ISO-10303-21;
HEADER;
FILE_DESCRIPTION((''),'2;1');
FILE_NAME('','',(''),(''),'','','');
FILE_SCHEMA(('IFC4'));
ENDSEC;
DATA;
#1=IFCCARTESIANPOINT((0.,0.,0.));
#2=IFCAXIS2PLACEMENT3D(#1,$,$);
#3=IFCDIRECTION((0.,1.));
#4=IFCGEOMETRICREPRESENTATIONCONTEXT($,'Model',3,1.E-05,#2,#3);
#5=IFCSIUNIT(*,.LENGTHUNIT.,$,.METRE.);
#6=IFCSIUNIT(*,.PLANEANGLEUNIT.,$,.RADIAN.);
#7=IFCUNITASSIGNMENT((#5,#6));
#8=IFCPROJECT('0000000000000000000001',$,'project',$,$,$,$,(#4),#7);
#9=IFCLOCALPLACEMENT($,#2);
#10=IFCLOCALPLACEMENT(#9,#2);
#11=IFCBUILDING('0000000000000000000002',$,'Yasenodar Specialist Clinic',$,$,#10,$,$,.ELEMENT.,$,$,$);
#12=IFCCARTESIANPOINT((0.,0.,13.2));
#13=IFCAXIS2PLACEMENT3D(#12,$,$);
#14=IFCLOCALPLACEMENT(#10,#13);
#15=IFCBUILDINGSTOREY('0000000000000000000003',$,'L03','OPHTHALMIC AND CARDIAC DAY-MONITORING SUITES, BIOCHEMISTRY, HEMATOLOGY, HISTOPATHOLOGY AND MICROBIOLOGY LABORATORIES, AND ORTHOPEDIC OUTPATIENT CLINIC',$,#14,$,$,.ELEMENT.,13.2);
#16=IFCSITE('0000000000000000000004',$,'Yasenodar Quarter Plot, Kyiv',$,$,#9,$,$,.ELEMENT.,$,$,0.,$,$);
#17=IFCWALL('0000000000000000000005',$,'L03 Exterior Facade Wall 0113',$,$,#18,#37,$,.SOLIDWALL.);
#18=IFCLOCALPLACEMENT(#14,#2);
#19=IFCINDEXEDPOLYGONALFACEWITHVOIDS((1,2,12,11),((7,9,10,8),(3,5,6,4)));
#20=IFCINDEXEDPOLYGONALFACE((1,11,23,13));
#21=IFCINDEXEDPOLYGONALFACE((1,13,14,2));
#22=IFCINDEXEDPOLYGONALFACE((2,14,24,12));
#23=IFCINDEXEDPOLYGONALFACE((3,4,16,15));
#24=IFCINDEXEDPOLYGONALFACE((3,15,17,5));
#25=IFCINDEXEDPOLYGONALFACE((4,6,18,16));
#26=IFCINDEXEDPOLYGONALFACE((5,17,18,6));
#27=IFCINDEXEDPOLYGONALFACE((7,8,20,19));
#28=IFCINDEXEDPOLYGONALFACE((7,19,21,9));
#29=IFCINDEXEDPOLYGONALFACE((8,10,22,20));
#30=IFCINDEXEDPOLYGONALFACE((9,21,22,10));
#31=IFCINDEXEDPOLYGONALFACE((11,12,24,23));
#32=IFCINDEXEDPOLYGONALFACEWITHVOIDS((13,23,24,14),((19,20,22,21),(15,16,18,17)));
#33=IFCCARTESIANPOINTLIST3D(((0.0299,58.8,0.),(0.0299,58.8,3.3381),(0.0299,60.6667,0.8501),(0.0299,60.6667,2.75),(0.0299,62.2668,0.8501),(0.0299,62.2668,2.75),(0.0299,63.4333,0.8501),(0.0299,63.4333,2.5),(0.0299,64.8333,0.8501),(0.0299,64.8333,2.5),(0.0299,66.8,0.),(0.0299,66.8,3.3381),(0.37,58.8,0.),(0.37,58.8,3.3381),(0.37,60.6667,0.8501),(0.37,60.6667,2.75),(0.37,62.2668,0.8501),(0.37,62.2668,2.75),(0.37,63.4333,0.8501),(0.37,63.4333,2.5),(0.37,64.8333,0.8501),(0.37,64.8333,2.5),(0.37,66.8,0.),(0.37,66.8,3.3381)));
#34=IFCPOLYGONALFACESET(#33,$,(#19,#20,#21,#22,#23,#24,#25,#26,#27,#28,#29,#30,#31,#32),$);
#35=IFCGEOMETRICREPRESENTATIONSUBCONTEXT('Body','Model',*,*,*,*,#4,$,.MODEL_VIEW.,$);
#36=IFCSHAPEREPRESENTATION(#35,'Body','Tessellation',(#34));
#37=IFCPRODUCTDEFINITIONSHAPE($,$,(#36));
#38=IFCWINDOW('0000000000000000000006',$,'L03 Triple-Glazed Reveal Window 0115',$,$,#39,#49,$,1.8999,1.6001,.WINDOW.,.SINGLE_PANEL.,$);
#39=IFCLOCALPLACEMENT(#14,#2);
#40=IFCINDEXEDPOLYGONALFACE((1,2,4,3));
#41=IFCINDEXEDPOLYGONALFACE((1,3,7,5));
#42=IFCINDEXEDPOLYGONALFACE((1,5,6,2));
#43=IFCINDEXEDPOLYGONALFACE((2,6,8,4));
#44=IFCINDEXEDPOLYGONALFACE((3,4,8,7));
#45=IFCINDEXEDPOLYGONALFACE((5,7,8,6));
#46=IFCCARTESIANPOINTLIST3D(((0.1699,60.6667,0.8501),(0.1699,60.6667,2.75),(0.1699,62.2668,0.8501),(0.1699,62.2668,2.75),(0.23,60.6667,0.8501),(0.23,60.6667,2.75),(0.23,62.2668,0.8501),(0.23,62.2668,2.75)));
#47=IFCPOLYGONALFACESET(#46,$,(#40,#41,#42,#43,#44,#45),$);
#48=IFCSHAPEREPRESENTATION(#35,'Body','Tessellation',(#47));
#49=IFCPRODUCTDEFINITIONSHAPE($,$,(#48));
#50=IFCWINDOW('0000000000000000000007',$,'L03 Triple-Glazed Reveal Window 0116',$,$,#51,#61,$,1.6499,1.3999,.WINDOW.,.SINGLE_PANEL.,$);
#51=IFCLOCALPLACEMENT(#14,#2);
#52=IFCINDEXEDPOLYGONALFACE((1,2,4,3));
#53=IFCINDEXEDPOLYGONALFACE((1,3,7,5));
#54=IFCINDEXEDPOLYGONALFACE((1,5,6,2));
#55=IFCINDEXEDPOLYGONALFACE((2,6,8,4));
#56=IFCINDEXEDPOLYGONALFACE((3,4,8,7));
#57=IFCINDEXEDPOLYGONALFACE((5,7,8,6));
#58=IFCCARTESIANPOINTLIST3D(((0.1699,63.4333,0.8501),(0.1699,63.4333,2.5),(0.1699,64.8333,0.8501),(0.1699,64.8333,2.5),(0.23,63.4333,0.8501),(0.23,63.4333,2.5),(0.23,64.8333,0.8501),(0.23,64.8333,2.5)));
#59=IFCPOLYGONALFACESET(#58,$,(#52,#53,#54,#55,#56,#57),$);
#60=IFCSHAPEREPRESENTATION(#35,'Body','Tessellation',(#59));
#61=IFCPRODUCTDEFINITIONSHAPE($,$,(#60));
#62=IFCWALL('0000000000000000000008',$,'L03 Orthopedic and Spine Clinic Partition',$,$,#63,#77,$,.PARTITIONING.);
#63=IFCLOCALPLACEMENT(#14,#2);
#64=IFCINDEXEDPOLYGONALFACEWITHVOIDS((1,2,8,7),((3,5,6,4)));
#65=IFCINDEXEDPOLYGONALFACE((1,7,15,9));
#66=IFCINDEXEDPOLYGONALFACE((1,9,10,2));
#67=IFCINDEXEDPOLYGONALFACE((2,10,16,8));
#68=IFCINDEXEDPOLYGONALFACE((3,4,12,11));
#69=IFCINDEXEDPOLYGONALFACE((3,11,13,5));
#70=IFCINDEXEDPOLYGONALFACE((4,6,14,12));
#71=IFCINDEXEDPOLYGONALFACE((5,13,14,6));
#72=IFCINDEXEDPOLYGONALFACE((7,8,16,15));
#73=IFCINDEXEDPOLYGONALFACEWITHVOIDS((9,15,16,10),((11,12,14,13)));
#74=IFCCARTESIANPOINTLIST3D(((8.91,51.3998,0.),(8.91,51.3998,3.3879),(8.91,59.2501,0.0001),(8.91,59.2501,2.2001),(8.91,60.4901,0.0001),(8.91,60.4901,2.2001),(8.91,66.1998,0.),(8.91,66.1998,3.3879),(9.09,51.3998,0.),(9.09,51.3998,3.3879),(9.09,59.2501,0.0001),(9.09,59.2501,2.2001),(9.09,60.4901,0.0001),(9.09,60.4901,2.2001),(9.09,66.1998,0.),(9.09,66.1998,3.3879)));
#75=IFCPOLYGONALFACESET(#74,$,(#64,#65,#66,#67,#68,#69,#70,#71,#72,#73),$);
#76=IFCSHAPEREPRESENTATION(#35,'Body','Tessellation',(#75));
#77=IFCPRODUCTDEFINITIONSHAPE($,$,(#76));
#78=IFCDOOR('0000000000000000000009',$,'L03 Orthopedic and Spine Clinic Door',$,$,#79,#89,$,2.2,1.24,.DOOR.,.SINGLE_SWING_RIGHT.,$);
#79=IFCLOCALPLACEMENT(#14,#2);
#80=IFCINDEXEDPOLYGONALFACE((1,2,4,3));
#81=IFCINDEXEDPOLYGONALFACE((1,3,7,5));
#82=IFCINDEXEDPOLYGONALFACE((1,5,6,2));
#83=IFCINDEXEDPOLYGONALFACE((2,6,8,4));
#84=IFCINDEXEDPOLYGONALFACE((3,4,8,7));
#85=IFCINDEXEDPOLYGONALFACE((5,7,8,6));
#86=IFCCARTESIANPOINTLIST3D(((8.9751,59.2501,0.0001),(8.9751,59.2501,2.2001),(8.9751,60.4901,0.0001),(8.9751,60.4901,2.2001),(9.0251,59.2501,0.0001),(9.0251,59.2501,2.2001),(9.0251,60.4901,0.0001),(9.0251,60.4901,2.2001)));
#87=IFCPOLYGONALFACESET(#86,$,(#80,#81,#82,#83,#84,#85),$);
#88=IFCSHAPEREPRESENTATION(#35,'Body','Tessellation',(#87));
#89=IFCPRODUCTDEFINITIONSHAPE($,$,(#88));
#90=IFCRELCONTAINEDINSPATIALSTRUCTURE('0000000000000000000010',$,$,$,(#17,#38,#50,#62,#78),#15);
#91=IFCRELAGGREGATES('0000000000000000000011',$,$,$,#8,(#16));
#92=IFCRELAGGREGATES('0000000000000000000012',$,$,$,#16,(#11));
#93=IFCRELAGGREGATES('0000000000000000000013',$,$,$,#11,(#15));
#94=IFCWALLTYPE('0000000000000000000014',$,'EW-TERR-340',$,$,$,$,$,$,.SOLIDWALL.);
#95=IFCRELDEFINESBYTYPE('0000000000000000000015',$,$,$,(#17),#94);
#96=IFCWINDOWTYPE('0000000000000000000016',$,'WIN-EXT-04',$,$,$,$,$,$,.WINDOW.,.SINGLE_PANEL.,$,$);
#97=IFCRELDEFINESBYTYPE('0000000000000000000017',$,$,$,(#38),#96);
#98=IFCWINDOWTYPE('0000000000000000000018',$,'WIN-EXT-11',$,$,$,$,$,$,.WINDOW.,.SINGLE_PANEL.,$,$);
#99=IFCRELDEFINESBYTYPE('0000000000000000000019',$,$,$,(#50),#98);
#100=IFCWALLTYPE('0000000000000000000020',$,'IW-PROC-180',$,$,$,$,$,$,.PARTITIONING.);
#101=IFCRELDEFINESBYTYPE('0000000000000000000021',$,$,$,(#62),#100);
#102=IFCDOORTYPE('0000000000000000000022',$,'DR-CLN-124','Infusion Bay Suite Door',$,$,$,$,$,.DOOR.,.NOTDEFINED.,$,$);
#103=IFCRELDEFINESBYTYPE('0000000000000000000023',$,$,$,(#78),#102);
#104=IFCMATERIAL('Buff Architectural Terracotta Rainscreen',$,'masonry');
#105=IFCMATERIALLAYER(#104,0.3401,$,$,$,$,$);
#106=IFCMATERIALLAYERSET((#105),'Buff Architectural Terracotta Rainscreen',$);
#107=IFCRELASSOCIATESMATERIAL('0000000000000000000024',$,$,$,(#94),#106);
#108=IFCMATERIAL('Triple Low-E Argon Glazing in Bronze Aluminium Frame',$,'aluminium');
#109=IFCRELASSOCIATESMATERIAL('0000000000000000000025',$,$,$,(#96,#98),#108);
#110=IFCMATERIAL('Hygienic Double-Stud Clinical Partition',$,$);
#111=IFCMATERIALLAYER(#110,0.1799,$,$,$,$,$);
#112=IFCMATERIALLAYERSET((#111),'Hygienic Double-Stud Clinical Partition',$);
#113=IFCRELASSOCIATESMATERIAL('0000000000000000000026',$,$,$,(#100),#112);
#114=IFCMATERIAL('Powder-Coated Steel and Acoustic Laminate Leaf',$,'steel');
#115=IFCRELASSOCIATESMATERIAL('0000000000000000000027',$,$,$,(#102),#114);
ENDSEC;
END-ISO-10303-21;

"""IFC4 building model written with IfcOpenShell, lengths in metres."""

from ifc_helpers import new_model, si_unit, direction, frame, frame_2d, origin, place, context, subcontext, project, spatial, rectangle, extrude, material, layer, layer_set, type_object, element, fill, save


model = new_model("IFC4")

# Units and contexts
model_context = context("Model", 3, precision=1e-05, world=origin(), true_north=direction((0.0, 1.0)))
body_context = subcontext(model_context, "Body", "Model", "MODEL_VIEW")
ifc_project = project(units=[si_unit("LENGTHUNIT", "METRE"), si_unit("PLANEANGLEUNIT", "RADIAN")], contexts=[model_context])

# Site, building, storey
site_placement = place(None, origin())
site = spatial("IfcSite", under=ifc_project, at=site_placement, Name="Yasenodar Quarter Plot, Kyiv", CompositionType="ELEMENT", RefElevation=0.0)
building_placement = place(site_placement, origin())
building = spatial("IfcBuilding", under=site, at=building_placement, Name="Yasenodar Specialist Clinic", CompositionType="ELEMENT")
storey_placement = place(building_placement, frame((0.0, 0.0, 13.2)))
storey = spatial("IfcBuildingStorey", under=building, at=storey_placement, Name="L03", Description="OPHTHALMIC AND CARDIAC DAY-MONITORING SUITES, BIOCHEMISTRY, HEMATOLOGY, HISTOPATHOLOGY AND MICROBIOLOGY LABORATORIES, AND ORTHOPEDIC OUTPATIENT CLINIC", CompositionType="ELEMENT", Elevation=13.2)

# Wall, openings, windows
ifc_material_1 = material(Name="Buff Architectural Terracotta Rainscreen", Category="masonry")
ifc_layer_1 = layer(ifc_material_1, 0.3401)
ifc_layer_set_1 = layer_set([ifc_layer_1], Name="Buff Architectural Terracotta Rainscreen")
wall_type_1 = type_object("IfcWallType", Name="EW-TERR-340", PredefinedType="SOLIDWALL", material=ifc_layer_set_1)
wall_1_placement = place(storey_placement, frame((0.2, 58.8, 0.0), z_axis=(0.0, 0.0, 1.0), x_axis=(0.0, 1.0, 0.0)))
wall_1 = element("IfcWall", 1, at=wall_1_placement, inside=storey, type_object=wall_type_1, Name="L03 Exterior Facade Wall 0113", PredefinedType="SOLIDWALL", context=body_context, shape_type="SweptSolid", body=[
    extrude(rectangle(XDim=8.0, YDim=0.3401, at=frame_2d((4.0, 0.0))), origin(), (0.0, 0.0, 1.0), 3.3381),
])
opening_1_placement = place(wall_1_placement, frame((1.8667, 0.0, 0.8501)))
opening_1 = element("IfcOpeningElement", 2, at=opening_1_placement, cuts=wall_1, PredefinedType="OPENING", context=body_context, shape_type="SweptSolid", body=[
    extrude(rectangle(XDim=1.6001, YDim=1.8999, at=frame_2d((0.8, 0.95))), frame((0.0, 0.1802, 0.0), z_axis=(0.0, -1.0, 0.0), x_axis=(1.0, 0.0, 0.0)), (0.0, 0.0, 1.0), 0.3601),
])
opening_2_placement = place(wall_1_placement, frame((4.6333, 0.0, 0.8501)))
opening_2 = element("IfcOpeningElement", 3, at=opening_2_placement, cuts=wall_1, PredefinedType="OPENING", context=body_context, shape_type="SweptSolid", body=[
    extrude(rectangle(XDim=1.3999, YDim=1.6499, at=frame_2d((0.7, 0.825))), frame((0.0, 0.1802, 0.0), z_axis=(0.0, -1.0, 0.0), x_axis=(1.0, 0.0, 0.0)), (0.0, 0.0, 1.0), 0.3601),
])
ifc_material_2 = material(Name="Triple Low-E Argon Glazing in Bronze Aluminium Frame", Category="aluminium")
window_type_1 = type_object("IfcWindowType", Name="WIN-EXT-04", PartitioningType="SINGLE_PANEL", PredefinedType="WINDOW", material=ifc_material_2)
window_1_placement = place(opening_1_placement, origin())
window_1 = element("IfcWindow", 4, at=window_1_placement, inside=storey, type_object=window_type_1, Name="L03 Triple-Glazed Reveal Window 0115", OverallHeight=1.8999, OverallWidth=1.6001, PartitioningType="SINGLE_PANEL", PredefinedType="WINDOW", context=body_context, shape_type="SweptSolid", body=[
    extrude(rectangle(XDim=1.6001, YDim=1.8999, at=frame_2d((0.8, 0.95))), frame((0.0, 0.03, 0.0), z_axis=(0.0, -1.0, 0.0), x_axis=(1.0, 0.0, 0.0)), (0.0, 0.0, 1.0), 0.0601),
])
fill(opening_1, window_1)
window_type_2 = type_object("IfcWindowType", Name="WIN-EXT-11", PartitioningType="SINGLE_PANEL", PredefinedType="WINDOW", material=ifc_material_2)
window_2_placement = place(opening_2_placement, origin())
window_2 = element("IfcWindow", 5, at=window_2_placement, inside=storey, type_object=window_type_2, Name="L03 Triple-Glazed Reveal Window 0116", OverallHeight=1.6499, OverallWidth=1.3999, PartitioningType="SINGLE_PANEL", PredefinedType="WINDOW", context=body_context, shape_type="SweptSolid", body=[
    extrude(rectangle(XDim=1.3999, YDim=1.6499, at=frame_2d((0.7, 0.825))), frame((0.0, 0.03, 0.0), z_axis=(0.0, -1.0, 0.0), x_axis=(1.0, 0.0, 0.0)), (0.0, 0.0, 1.0), 0.0601),
])
fill(opening_2, window_2)

# Wall, opening, door
ifc_material_3 = material(Name="Hygienic Double-Stud Clinical Partition")
ifc_layer_2 = layer(ifc_material_3, 0.1799)
ifc_layer_set_2 = layer_set([ifc_layer_2], Name="Hygienic Double-Stud Clinical Partition")
wall_type_2 = type_object("IfcWallType", Name="IW-PROC-180", PredefinedType="PARTITIONING", material=ifc_layer_set_2)
wall_2_placement = place(storey_placement, frame((9.0, 51.3999, 0.0), z_axis=(0.0, 0.0, 1.0), x_axis=(0.0, 1.0, 0.0)))
wall_2 = element("IfcWall", 6, at=wall_2_placement, inside=storey, type_object=wall_type_2, Name="L03 Orthopedic and Spine Clinic Partition", PredefinedType="PARTITIONING", context=body_context, shape_type="SweptSolid", body=[
    extrude(rectangle(XDim=14.8, YDim=0.1799, at=frame_2d((7.3999, 0.0))), origin(), (0.0, 0.0, 1.0), 3.3879),
])
opening_3_placement = place(wall_2_placement, frame((7.8501, 0.0, 0.0)))
opening_3 = element("IfcOpeningElement", 7, at=opening_3_placement, cuts=wall_2, PredefinedType="OPENING", context=body_context, shape_type="SweptSolid", body=[
    extrude(rectangle(XDim=1.24, YDim=2.2, at=frame_2d((0.6201, 1.1001))), frame((0.0, 0.1001, 0.0), z_axis=(0.0, -1.0, 0.0), x_axis=(1.0, 0.0, 0.0)), (0.0, 0.0, 1.0), 0.2),
])
ifc_material_4 = material(Name="Powder-Coated Steel and Acoustic Laminate Leaf", Category="steel")
door_type = type_object("IfcDoorType", Name="DR-CLN-124", Description="Infusion Bay Suite Door", OperationType="NOTDEFINED", PredefinedType="DOOR", material=ifc_material_4)
door_placement = place(opening_3_placement, origin())
door = element("IfcDoor", 8, at=door_placement, inside=storey, type_object=door_type, Name="L03 Orthopedic and Spine Clinic Door", OperationType="SINGLE_SWING_RIGHT", OverallHeight=2.2, OverallWidth=1.24, PredefinedType="DOOR", context=body_context, shape_type="SweptSolid", body=[
    extrude(rectangle(XDim=1.24, YDim=2.2, at=frame_2d((0.6201, 1.1001))), frame((0.0, 0.0249, 0.0), z_axis=(0.0, -1.0, 0.0), x_axis=(1.0, 0.0, 0.0)), (0.0, 0.0, 1.0), 0.05),
])
fill(opening_3, door)

save(model, "model.ifc")
